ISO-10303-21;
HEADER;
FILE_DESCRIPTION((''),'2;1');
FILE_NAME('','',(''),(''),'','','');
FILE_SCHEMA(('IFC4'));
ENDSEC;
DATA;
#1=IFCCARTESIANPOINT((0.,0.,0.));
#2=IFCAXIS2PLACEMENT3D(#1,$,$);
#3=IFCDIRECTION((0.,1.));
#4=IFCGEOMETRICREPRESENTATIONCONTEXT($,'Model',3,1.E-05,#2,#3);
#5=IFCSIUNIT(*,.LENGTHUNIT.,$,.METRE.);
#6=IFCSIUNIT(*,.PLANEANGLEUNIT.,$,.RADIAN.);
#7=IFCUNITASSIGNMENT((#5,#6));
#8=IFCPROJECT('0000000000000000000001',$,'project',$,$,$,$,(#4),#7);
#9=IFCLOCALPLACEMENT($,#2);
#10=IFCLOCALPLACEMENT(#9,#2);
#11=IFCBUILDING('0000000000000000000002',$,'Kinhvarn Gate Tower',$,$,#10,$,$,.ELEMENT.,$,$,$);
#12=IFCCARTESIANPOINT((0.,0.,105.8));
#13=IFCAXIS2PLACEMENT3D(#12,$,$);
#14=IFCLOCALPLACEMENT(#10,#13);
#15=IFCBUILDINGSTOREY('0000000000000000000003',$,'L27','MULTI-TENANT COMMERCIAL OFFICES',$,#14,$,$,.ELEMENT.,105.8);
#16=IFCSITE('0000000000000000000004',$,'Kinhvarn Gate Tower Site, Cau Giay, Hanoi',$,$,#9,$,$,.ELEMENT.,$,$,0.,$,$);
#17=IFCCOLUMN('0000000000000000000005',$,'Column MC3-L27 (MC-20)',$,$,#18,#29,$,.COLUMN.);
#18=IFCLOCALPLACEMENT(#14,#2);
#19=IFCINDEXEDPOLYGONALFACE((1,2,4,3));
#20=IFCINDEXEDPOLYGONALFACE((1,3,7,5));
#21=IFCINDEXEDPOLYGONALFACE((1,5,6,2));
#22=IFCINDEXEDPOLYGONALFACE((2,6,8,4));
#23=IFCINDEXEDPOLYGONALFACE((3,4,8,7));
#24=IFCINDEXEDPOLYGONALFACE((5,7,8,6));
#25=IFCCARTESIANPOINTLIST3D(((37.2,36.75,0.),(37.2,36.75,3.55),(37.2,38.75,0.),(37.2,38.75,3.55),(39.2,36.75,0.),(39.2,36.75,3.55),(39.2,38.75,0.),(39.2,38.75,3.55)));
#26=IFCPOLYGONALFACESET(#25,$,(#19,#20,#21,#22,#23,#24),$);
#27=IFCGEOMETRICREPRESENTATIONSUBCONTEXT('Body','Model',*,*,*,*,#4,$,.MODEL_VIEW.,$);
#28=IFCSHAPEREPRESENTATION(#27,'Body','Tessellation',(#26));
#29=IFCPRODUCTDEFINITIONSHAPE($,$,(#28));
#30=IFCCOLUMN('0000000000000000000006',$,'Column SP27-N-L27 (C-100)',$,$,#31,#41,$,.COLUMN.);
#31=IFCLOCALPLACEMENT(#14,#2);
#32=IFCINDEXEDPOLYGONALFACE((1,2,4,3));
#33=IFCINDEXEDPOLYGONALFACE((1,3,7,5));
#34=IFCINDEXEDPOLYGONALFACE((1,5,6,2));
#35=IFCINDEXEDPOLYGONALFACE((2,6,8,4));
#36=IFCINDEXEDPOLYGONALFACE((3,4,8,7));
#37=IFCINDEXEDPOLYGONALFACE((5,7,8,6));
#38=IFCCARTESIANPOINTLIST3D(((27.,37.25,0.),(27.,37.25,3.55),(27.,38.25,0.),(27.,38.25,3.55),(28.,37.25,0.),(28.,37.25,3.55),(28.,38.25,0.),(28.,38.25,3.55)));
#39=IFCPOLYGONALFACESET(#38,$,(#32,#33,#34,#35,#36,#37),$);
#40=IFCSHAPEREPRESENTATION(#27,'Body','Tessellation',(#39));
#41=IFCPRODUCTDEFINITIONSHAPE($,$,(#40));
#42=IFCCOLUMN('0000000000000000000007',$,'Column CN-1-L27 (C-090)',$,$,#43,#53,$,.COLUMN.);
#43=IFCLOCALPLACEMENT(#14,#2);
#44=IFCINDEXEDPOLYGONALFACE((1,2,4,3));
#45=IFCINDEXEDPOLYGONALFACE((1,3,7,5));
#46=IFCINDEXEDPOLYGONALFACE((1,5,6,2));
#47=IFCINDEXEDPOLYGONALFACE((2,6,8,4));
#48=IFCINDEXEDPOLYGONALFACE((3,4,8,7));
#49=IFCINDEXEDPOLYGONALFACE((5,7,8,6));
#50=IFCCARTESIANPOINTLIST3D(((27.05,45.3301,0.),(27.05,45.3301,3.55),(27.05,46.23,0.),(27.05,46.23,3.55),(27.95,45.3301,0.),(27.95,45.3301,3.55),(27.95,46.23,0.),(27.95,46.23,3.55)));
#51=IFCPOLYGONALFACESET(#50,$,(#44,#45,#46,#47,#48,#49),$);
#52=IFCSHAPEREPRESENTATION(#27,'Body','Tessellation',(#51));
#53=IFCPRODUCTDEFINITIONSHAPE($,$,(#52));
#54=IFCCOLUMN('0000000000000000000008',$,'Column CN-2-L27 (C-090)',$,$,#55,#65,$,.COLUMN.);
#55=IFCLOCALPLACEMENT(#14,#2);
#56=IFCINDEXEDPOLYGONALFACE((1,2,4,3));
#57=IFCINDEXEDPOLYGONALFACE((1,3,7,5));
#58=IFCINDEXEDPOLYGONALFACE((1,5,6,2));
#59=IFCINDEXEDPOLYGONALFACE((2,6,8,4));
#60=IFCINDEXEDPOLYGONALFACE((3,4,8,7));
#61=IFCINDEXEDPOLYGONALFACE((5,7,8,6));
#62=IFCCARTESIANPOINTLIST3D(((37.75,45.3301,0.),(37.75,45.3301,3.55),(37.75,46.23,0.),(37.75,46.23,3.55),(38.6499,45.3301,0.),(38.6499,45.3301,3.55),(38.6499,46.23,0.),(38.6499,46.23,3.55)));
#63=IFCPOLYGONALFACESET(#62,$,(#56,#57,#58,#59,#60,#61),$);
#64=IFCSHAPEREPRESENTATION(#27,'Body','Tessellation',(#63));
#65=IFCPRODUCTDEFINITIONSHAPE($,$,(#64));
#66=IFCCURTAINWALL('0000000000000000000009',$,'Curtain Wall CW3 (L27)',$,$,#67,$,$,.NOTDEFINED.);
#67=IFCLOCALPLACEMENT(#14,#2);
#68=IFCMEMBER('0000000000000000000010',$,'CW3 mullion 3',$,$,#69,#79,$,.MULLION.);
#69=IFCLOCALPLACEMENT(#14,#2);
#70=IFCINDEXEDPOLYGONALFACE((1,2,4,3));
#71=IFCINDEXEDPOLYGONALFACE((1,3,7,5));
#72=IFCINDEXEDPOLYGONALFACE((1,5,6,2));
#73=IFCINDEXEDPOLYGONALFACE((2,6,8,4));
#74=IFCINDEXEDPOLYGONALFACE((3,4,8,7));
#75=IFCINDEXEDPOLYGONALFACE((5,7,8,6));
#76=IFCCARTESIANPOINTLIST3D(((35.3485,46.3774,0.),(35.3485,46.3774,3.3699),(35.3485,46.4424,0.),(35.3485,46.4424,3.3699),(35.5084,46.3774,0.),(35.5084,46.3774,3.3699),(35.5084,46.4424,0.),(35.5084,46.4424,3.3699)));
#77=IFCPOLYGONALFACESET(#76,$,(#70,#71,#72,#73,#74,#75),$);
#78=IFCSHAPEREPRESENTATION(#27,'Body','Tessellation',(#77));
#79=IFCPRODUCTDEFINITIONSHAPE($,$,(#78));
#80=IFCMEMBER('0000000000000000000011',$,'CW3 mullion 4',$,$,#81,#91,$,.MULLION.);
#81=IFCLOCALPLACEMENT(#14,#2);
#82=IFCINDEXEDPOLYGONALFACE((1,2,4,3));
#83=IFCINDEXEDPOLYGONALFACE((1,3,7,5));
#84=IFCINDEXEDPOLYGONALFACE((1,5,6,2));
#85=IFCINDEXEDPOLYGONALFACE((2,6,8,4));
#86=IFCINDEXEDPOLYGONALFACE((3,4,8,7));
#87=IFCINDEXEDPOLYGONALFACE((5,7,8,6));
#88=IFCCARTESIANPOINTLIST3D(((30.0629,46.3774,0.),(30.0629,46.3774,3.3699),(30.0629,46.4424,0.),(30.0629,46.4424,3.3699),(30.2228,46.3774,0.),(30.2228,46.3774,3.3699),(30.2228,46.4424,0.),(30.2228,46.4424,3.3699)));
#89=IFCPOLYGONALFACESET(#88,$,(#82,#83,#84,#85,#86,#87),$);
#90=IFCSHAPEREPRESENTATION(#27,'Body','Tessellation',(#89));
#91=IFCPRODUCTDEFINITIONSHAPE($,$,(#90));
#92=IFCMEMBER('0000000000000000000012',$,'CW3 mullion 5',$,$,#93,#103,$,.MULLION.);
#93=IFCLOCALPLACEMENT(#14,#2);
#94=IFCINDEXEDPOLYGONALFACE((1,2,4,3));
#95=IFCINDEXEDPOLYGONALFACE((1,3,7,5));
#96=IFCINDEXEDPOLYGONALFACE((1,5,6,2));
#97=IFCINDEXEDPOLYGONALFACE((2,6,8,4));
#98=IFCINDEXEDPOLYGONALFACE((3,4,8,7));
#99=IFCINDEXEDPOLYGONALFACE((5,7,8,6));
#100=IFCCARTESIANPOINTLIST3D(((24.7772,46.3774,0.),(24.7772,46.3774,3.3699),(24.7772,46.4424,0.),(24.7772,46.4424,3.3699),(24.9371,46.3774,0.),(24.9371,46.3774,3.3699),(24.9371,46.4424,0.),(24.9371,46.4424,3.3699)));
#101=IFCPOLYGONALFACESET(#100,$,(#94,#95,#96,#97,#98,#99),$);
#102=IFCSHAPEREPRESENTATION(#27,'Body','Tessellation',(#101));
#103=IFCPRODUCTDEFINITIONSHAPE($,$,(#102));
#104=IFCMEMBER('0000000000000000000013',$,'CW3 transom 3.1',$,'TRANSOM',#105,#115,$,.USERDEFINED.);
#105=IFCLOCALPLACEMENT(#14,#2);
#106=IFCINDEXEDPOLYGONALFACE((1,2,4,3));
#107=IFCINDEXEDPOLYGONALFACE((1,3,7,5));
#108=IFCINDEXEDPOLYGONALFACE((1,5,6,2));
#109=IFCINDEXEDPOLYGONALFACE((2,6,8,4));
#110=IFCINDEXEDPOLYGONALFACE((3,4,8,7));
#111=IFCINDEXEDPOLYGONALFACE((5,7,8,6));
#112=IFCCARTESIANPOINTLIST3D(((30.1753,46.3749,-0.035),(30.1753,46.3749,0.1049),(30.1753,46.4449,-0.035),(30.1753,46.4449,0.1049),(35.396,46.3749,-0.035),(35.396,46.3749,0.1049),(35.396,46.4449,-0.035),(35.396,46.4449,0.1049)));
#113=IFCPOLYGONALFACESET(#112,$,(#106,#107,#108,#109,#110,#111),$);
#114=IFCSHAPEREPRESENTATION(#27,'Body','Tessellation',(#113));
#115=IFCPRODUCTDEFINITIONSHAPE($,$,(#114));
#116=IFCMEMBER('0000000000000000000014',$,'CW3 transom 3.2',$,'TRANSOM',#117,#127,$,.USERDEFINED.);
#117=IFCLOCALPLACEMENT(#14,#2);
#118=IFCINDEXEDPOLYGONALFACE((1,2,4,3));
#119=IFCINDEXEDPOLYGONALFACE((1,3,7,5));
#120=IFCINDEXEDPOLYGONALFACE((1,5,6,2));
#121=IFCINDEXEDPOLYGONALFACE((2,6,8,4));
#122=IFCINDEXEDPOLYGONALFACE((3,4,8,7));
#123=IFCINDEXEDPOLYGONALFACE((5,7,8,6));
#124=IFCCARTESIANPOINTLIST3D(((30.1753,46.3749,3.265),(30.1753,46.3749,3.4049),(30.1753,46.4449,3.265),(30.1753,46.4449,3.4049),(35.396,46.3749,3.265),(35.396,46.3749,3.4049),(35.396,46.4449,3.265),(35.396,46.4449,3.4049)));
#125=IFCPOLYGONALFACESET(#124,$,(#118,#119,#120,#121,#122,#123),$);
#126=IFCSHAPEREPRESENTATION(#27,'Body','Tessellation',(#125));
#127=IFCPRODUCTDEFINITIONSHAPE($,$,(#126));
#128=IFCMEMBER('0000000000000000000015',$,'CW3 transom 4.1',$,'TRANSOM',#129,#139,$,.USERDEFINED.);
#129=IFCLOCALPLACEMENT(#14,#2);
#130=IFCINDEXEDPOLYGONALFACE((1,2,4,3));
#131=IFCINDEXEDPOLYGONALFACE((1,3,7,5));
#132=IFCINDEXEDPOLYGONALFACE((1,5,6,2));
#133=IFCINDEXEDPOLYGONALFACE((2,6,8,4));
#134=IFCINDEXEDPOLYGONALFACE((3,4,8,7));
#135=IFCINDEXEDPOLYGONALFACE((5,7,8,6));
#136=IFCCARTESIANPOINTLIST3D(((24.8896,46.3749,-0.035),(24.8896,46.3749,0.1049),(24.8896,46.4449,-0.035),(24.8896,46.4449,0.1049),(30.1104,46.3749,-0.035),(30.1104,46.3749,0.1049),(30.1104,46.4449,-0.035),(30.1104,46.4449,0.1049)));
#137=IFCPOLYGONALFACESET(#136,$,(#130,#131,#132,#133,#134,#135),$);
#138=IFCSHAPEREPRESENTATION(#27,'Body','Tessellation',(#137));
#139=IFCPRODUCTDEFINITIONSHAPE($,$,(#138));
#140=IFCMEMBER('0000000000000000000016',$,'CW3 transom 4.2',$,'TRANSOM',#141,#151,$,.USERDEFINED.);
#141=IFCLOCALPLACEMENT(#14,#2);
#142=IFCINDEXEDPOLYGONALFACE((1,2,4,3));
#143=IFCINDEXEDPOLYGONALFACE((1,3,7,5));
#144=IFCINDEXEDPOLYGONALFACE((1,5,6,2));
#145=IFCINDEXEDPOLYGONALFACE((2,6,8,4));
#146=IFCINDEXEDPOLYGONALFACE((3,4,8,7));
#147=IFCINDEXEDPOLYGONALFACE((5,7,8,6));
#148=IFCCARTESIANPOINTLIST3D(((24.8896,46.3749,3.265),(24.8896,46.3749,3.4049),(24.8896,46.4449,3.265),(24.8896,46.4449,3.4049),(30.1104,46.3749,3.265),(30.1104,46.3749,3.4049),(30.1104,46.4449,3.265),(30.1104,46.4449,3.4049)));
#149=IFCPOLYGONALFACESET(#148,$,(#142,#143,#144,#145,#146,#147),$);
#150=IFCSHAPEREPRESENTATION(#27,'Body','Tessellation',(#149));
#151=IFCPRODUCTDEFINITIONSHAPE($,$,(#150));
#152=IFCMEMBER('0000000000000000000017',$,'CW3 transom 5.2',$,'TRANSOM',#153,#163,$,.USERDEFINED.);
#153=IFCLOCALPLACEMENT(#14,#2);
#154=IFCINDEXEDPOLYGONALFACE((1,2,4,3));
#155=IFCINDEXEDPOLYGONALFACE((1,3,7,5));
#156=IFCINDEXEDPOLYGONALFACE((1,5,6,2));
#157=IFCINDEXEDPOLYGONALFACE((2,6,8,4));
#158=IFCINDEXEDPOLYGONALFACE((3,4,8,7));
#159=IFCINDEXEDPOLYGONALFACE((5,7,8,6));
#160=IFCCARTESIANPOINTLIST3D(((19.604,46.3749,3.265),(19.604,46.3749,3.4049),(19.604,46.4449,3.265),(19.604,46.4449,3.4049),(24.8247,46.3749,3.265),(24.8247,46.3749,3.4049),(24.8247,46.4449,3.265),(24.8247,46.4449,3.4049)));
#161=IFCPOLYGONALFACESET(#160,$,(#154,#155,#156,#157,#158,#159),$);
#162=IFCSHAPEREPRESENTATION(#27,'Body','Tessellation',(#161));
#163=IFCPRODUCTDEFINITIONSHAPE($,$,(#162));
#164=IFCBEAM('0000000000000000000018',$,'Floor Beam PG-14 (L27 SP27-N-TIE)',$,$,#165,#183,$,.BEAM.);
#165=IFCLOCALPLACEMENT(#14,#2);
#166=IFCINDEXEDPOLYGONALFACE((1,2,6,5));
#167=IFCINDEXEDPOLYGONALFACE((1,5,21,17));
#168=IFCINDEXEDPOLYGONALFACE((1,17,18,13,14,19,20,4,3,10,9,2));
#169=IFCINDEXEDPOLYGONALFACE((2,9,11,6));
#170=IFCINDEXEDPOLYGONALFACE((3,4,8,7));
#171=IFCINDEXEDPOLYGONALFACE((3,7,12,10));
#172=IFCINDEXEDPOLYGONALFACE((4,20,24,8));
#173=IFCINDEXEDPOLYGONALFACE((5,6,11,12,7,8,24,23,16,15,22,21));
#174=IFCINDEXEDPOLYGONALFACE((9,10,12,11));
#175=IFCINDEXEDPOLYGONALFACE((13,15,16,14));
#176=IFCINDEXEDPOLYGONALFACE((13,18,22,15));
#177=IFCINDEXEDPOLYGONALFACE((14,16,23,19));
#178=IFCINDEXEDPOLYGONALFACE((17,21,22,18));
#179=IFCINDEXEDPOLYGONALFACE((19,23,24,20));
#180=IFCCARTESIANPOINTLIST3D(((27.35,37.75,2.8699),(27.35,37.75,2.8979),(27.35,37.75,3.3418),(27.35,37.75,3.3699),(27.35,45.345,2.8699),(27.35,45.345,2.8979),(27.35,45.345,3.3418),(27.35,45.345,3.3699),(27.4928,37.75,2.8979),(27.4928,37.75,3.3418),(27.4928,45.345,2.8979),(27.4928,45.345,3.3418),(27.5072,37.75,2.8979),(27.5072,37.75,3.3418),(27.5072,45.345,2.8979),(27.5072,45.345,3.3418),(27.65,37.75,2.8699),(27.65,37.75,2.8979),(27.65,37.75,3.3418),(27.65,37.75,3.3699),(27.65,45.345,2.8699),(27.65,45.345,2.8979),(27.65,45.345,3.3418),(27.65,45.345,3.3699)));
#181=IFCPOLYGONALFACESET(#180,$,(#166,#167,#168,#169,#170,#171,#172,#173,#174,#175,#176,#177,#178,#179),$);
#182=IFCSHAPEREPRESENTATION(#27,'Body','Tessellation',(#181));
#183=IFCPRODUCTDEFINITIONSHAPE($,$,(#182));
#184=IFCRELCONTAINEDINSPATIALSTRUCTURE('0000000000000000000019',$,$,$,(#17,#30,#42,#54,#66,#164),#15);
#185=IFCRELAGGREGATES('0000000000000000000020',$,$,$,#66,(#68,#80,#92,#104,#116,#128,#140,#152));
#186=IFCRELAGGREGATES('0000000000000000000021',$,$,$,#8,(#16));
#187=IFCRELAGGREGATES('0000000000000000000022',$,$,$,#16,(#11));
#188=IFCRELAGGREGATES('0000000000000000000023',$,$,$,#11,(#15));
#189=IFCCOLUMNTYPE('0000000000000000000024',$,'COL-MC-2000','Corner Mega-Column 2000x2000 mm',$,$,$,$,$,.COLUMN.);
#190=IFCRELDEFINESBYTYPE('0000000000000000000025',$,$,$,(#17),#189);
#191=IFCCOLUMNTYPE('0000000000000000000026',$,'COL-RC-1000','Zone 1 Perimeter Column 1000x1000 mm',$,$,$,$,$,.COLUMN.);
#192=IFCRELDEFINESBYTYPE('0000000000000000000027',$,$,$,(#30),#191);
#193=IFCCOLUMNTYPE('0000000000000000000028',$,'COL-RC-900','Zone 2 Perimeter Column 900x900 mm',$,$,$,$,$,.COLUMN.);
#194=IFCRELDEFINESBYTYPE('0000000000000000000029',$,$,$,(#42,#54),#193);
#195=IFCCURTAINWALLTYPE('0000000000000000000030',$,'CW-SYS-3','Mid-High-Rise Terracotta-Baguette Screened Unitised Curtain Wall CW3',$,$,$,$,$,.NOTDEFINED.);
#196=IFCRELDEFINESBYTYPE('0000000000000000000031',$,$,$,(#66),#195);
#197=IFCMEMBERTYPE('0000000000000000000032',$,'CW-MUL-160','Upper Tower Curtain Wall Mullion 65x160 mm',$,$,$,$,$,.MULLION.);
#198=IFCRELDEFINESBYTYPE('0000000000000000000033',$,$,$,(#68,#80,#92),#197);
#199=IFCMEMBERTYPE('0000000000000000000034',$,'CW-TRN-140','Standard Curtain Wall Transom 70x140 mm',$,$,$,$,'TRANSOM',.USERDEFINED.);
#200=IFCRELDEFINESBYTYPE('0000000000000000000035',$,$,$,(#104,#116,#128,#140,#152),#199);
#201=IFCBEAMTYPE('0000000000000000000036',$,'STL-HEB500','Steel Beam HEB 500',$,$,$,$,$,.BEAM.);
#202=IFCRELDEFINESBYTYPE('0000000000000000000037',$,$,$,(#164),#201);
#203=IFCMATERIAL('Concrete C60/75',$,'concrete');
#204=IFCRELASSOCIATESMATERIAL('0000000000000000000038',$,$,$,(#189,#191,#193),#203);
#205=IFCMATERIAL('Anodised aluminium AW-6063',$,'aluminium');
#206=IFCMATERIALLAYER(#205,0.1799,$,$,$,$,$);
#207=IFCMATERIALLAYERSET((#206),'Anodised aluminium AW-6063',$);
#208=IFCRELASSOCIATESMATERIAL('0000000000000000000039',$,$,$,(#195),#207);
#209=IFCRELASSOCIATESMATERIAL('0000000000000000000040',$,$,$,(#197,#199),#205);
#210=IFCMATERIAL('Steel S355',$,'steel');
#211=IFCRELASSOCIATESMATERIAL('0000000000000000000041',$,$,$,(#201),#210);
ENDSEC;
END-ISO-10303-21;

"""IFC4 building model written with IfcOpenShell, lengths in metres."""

from ifc_helpers import new_model, si_unit, direction, frame, origin, origin_2d, place, context, subcontext, project, spatial, rectangle, i_section, extrude, material, layer, layer_set, material_profile, profile_set, type_object, element, aggregate, save


model = new_model("IFC4")

# Units and contexts
model_context = context("Model", 3, precision=1e-05, world=origin(), true_north=direction((0.0, 1.0)))
body_context = subcontext(model_context, "Body", "Model", "MODEL_VIEW")
ifc_project = project(units=[si_unit("LENGTHUNIT", "METRE"), si_unit("PLANEANGLEUNIT", "RADIAN")], contexts=[model_context])

# Site, building, storey
site_placement = place(None, origin())
site = spatial("IfcSite", under=ifc_project, at=site_placement, Name="Kinhvarn Gate Tower Site, Cau Giay, Hanoi", CompositionType="ELEMENT", RefElevation=0.0)
building_placement = place(site_placement, origin())
building = spatial("IfcBuilding", under=site, at=building_placement, Name="Kinhvarn Gate Tower", CompositionType="ELEMENT")
storey_placement = place(building_placement, frame((0.0, 0.0, 105.8)))
storey = spatial("IfcBuildingStorey", under=building, at=storey_placement, Name="L27", Description="MULTI-TENANT COMMERCIAL OFFICES", CompositionType="ELEMENT", Elevation=105.8)

# Columns
ifc_material_1 = material(Name="Concrete C60/75", Category="concrete")
ifc_material_profile_1 = material_profile(ifc_material_1, rectangle(XDim=2.0, YDim=2.0, at=origin_2d()), Name="RC 2000x2000")
ifc_profile_set_1 = profile_set([ifc_material_profile_1], Name="Concrete C60/75")
column_type_1 = type_object("IfcColumnType", Name="COL-MC-2000", Description="Corner Mega-Column 2000x2000 mm", PredefinedType="COLUMN", material=ifc_profile_set_1)
column_1_placement = place(storey_placement, frame((38.2, 37.75, 0.0), z_axis=(0.0, 0.0, 1.0), x_axis=(1.0, 0.0, 0.0)))
element("IfcColumn", 1, at=column_1_placement, inside=storey, type_object=column_type_1, Name="Column MC3-L27 (MC-20)", PredefinedType="COLUMN", context=body_context, shape_type="SweptSolid", body=[
    extrude(rectangle(XDim=2.0, YDim=2.0, at=origin_2d()), origin(), (0.0, 0.0, 1.0), 3.55),
])
ifc_material_profile_2 = material_profile(ifc_material_1, rectangle(XDim=1.0, YDim=1.0, at=origin_2d()), Name="RC 1000x1000")
ifc_profile_set_2 = profile_set([ifc_material_profile_2], Name="Concrete C60/75")
column_type_2 = type_object("IfcColumnType", Name="COL-RC-1000", Description="Zone 1 Perimeter Column 1000x1000 mm", PredefinedType="COLUMN", material=ifc_profile_set_2)
column_2_placement = place(storey_placement, frame((27.5, 37.75, 0.0), z_axis=(0.0, 0.0, 1.0), x_axis=(1.0, 0.0, 0.0)))
element("IfcColumn", 2, at=column_2_placement, inside=storey, type_object=column_type_2, Name="Column SP27-N-L27 (C-100)", PredefinedType="COLUMN", context=body_context, shape_type="SweptSolid", body=[
    extrude(rectangle(XDim=1.0, YDim=1.0, at=origin_2d()), origin(), (0.0, 0.0, 1.0), 3.55),
])
ifc_material_profile_3 = material_profile(ifc_material_1, rectangle(XDim=0.8999, YDim=0.8999, at=origin_2d()), Name="RC 900x900")
ifc_profile_set_3 = profile_set([ifc_material_profile_3], Name="Concrete C60/75")
column_type_3 = type_object("IfcColumnType", Name="COL-RC-900", Description="Zone 2 Perimeter Column 900x900 mm", PredefinedType="COLUMN", material=ifc_profile_set_3)
for number, where, z_axis, x_axis, name in (
    (3, (27.5, 45.78, 0.0), (0.0, 0.0, 1.0), (1.0, 0.0, 0.0), "Column CN-1-L27 (C-090)"),
    (4, (38.2, 45.78, 0.0), (0.0, 0.0, 1.0), (1.0, 0.0, 0.0), "Column CN-2-L27 (C-090)"),
):
    element("IfcColumn", number, at=place(storey_placement, frame(where, z_axis=z_axis, x_axis=x_axis)), inside=storey, type_object=column_type_3, Name=name, PredefinedType="COLUMN", context=body_context, shape_type="SweptSolid", body=[
        extrude(rectangle(XDim=0.8999, YDim=0.8999, at=origin_2d()), origin(), (0.0, 0.0, 1.0), 3.55),
    ])

# Curtain wall, members
ifc_material_2 = material(Name="Anodised aluminium AW-6063", Category="aluminium")
ifc_layer_1 = layer(ifc_material_2, 0.1799)
ifc_layer_set_1 = layer_set([ifc_layer_1], Name="Anodised aluminium AW-6063")
curtain_wall_type = type_object("IfcCurtainWallType", Name="CW-SYS-3", Description="Mid-High-Rise Terracotta-Baguette Screened Unitised Curtain Wall CW3", PredefinedType="NOTDEFINED", material=ifc_layer_set_1)
curtain_wall_placement = place(storey_placement, origin())
curtain_wall = element("IfcCurtainWall", 5, at=curtain_wall_placement, inside=storey, type_object=curtain_wall_type, Name="Curtain Wall CW3 (L27)", PredefinedType="NOTDEFINED")
ifc_material_profile_4 = material_profile(ifc_material_2, rectangle(XDim=0.0649, YDim=0.1599, at=origin_2d()), Name="ALU 65x160")
ifc_profile_set_4 = profile_set([ifc_material_profile_4], Name="Anodised aluminium AW-6063")
member_type_1 = type_object("IfcMemberType", Name="CW-MUL-160", Description="Upper Tower Curtain Wall Mullion 65x160 mm", PredefinedType="MULLION", material=ifc_profile_set_4)
member_1_placement = place(storey_placement, frame((35.4285, 46.4099, 0.0), z_axis=(0.0, 0.0, 1.0), x_axis=(0.0, -1.0, 0.0)))
member_1 = element("IfcMember", 6, at=member_1_placement, type_object=member_type_1, Name="CW3 mullion 3", PredefinedType="MULLION", context=body_context, shape_type="SweptSolid", body=[
    extrude(rectangle(XDim=0.0649, YDim=0.1599, at=origin_2d()), origin(), (0.0, 0.0, 1.0), 3.3699),
])
member_2_placement = place(storey_placement, frame((30.1428, 46.4099, 0.0), z_axis=(0.0, 0.0, 1.0), x_axis=(0.0, -1.0, 0.0)))
member_2 = element("IfcMember", 7, at=member_2_placement, type_object=member_type_1, Name="CW3 mullion 4", PredefinedType="MULLION", context=body_context, shape_type="SweptSolid", body=[
    extrude(rectangle(XDim=0.0649, YDim=0.1599, at=origin_2d()), origin(), (0.0, 0.0, 1.0), 3.3699),
])
member_3_placement = place(storey_placement, frame((24.8572, 46.4099, 0.0), z_axis=(0.0, 0.0, 1.0), x_axis=(0.0, -1.0, 0.0)))
member_3 = element("IfcMember", 8, at=member_3_placement, type_object=member_type_1, Name="CW3 mullion 5", PredefinedType="MULLION", context=body_context, shape_type="SweptSolid", body=[
    extrude(rectangle(XDim=0.0649, YDim=0.1599, at=origin_2d()), origin(), (0.0, 0.0, 1.0), 3.3699),
])
ifc_material_profile_5 = material_profile(ifc_material_2, rectangle(XDim=0.0701, YDim=0.1399, at=origin_2d()), Name="ALU 70x140")
ifc_profile_set_5 = profile_set([ifc_material_profile_5], Name="Anodised aluminium AW-6063")
member_type_2 = type_object("IfcMemberType", Name="CW-TRN-140", Description="Standard Curtain Wall Transom 70x140 mm", ElementType="TRANSOM", PredefinedType="USERDEFINED", material=ifc_profile_set_5)
member_4_placement = place(storey_placement, frame((35.396, 46.4099, 0.0349), z_axis=(-1.0, 0.0, 0.0), x_axis=(0.0, -1.0, 0.0)))
member_4 = element("IfcMember", 9, at=member_4_placement, type_object=member_type_2, Name="CW3 transom 3.1", ObjectType="TRANSOM", PredefinedType="USERDEFINED", context=body_context, shape_type="SweptSolid", body=[
    extrude(rectangle(XDim=0.0701, YDim=0.1399, at=origin_2d()), origin(), (0.0, 0.0, 1.0), 5.2207),
])
member_5_placement = place(storey_placement, frame((35.396, 46.4099, 3.335), z_axis=(-1.0, 0.0, 0.0), x_axis=(0.0, -1.0, 0.0)))
member_5 = element("IfcMember", 10, at=member_5_placement, type_object=member_type_2, Name="CW3 transom 3.2", ObjectType="TRANSOM", PredefinedType="USERDEFINED", context=body_context, shape_type="SweptSolid", body=[
    extrude(rectangle(XDim=0.0701, YDim=0.1399, at=origin_2d()), origin(), (0.0, 0.0, 1.0), 5.2207),
])
member_6_placement = place(storey_placement, frame((30.1104, 46.4099, 0.0349), z_axis=(-1.0, 0.0, 0.0), x_axis=(0.0, -1.0, 0.0)))
member_6 = element("IfcMember", 11, at=member_6_placement, type_object=member_type_2, Name="CW3 transom 4.1", ObjectType="TRANSOM", PredefinedType="USERDEFINED", context=body_context, shape_type="SweptSolid", body=[
    extrude(rectangle(XDim=0.0701, YDim=0.1399, at=origin_2d()), origin(), (0.0, 0.0, 1.0), 5.2207),
])
member_7_placement = place(storey_placement, frame((30.1104, 46.4099, 3.335), z_axis=(-1.0, 0.0, 0.0), x_axis=(0.0, -1.0, 0.0)))
member_7 = element("IfcMember", 12, at=member_7_placement, type_object=member_type_2, Name="CW3 transom 4.2", ObjectType="TRANSOM", PredefinedType="USERDEFINED", context=body_context, shape_type="SweptSolid", body=[
    extrude(rectangle(XDim=0.0701, YDim=0.1399, at=origin_2d()), origin(), (0.0, 0.0, 1.0), 5.2207),
])
member_8_placement = place(storey_placement, frame((24.8247, 46.4099, 3.335), z_axis=(-1.0, 0.0, 0.0), x_axis=(0.0, -1.0, 0.0)))
member_8 = element("IfcMember", 13, at=member_8_placement, type_object=member_type_2, Name="CW3 transom 5.2", ObjectType="TRANSOM", PredefinedType="USERDEFINED", context=body_context, shape_type="SweptSolid", body=[
    extrude(rectangle(XDim=0.0701, YDim=0.1399, at=origin_2d()), origin(), (0.0, 0.0, 1.0), 5.2207),
])

# Beam
ifc_material_3 = material(Name="Steel S355", Category="steel")
ifc_material_profile_6 = material_profile(ifc_material_3, i_section(OverallWidth=0.3, OverallDepth=0.5, WebThickness=0.0144, FlangeThickness=0.0281, at=origin_2d()), Name="HEB 500")
ifc_profile_set_6 = profile_set([ifc_material_profile_6], Name="Steel S355")
beam_type_1 = type_object("IfcBeamType", Name="STL-HEB500", Description="Steel Beam HEB 500", PredefinedType="BEAM", material=ifc_profile_set_6)
for number, where, z_axis, x_axis, name in (
    (14, (27.5, 37.75, 3.1199), (0.0, 1.0, 0.0), (-1.0, 0.0, 0.0), "Floor Beam PG-14 (L27 SP27-N-TIE)"),
):
    element("IfcBeam", number, at=place(storey_placement, frame(where, z_axis=z_axis, x_axis=x_axis)), inside=storey, type_object=beam_type_1, Name=name, PredefinedType="BEAM", context=body_context, shape_type="SweptSolid", body=[
        extrude(i_section(OverallWidth=0.3, OverallDepth=0.5, WebThickness=0.0144, FlangeThickness=0.0281, at=origin_2d()), origin(), (0.0, 0.0, 1.0), 7.595),
    ])

aggregate(curtain_wall, [member_1, member_2, member_3, member_4, member_5, member_6, member_7, member_8])

save(model, "model.ifc")
